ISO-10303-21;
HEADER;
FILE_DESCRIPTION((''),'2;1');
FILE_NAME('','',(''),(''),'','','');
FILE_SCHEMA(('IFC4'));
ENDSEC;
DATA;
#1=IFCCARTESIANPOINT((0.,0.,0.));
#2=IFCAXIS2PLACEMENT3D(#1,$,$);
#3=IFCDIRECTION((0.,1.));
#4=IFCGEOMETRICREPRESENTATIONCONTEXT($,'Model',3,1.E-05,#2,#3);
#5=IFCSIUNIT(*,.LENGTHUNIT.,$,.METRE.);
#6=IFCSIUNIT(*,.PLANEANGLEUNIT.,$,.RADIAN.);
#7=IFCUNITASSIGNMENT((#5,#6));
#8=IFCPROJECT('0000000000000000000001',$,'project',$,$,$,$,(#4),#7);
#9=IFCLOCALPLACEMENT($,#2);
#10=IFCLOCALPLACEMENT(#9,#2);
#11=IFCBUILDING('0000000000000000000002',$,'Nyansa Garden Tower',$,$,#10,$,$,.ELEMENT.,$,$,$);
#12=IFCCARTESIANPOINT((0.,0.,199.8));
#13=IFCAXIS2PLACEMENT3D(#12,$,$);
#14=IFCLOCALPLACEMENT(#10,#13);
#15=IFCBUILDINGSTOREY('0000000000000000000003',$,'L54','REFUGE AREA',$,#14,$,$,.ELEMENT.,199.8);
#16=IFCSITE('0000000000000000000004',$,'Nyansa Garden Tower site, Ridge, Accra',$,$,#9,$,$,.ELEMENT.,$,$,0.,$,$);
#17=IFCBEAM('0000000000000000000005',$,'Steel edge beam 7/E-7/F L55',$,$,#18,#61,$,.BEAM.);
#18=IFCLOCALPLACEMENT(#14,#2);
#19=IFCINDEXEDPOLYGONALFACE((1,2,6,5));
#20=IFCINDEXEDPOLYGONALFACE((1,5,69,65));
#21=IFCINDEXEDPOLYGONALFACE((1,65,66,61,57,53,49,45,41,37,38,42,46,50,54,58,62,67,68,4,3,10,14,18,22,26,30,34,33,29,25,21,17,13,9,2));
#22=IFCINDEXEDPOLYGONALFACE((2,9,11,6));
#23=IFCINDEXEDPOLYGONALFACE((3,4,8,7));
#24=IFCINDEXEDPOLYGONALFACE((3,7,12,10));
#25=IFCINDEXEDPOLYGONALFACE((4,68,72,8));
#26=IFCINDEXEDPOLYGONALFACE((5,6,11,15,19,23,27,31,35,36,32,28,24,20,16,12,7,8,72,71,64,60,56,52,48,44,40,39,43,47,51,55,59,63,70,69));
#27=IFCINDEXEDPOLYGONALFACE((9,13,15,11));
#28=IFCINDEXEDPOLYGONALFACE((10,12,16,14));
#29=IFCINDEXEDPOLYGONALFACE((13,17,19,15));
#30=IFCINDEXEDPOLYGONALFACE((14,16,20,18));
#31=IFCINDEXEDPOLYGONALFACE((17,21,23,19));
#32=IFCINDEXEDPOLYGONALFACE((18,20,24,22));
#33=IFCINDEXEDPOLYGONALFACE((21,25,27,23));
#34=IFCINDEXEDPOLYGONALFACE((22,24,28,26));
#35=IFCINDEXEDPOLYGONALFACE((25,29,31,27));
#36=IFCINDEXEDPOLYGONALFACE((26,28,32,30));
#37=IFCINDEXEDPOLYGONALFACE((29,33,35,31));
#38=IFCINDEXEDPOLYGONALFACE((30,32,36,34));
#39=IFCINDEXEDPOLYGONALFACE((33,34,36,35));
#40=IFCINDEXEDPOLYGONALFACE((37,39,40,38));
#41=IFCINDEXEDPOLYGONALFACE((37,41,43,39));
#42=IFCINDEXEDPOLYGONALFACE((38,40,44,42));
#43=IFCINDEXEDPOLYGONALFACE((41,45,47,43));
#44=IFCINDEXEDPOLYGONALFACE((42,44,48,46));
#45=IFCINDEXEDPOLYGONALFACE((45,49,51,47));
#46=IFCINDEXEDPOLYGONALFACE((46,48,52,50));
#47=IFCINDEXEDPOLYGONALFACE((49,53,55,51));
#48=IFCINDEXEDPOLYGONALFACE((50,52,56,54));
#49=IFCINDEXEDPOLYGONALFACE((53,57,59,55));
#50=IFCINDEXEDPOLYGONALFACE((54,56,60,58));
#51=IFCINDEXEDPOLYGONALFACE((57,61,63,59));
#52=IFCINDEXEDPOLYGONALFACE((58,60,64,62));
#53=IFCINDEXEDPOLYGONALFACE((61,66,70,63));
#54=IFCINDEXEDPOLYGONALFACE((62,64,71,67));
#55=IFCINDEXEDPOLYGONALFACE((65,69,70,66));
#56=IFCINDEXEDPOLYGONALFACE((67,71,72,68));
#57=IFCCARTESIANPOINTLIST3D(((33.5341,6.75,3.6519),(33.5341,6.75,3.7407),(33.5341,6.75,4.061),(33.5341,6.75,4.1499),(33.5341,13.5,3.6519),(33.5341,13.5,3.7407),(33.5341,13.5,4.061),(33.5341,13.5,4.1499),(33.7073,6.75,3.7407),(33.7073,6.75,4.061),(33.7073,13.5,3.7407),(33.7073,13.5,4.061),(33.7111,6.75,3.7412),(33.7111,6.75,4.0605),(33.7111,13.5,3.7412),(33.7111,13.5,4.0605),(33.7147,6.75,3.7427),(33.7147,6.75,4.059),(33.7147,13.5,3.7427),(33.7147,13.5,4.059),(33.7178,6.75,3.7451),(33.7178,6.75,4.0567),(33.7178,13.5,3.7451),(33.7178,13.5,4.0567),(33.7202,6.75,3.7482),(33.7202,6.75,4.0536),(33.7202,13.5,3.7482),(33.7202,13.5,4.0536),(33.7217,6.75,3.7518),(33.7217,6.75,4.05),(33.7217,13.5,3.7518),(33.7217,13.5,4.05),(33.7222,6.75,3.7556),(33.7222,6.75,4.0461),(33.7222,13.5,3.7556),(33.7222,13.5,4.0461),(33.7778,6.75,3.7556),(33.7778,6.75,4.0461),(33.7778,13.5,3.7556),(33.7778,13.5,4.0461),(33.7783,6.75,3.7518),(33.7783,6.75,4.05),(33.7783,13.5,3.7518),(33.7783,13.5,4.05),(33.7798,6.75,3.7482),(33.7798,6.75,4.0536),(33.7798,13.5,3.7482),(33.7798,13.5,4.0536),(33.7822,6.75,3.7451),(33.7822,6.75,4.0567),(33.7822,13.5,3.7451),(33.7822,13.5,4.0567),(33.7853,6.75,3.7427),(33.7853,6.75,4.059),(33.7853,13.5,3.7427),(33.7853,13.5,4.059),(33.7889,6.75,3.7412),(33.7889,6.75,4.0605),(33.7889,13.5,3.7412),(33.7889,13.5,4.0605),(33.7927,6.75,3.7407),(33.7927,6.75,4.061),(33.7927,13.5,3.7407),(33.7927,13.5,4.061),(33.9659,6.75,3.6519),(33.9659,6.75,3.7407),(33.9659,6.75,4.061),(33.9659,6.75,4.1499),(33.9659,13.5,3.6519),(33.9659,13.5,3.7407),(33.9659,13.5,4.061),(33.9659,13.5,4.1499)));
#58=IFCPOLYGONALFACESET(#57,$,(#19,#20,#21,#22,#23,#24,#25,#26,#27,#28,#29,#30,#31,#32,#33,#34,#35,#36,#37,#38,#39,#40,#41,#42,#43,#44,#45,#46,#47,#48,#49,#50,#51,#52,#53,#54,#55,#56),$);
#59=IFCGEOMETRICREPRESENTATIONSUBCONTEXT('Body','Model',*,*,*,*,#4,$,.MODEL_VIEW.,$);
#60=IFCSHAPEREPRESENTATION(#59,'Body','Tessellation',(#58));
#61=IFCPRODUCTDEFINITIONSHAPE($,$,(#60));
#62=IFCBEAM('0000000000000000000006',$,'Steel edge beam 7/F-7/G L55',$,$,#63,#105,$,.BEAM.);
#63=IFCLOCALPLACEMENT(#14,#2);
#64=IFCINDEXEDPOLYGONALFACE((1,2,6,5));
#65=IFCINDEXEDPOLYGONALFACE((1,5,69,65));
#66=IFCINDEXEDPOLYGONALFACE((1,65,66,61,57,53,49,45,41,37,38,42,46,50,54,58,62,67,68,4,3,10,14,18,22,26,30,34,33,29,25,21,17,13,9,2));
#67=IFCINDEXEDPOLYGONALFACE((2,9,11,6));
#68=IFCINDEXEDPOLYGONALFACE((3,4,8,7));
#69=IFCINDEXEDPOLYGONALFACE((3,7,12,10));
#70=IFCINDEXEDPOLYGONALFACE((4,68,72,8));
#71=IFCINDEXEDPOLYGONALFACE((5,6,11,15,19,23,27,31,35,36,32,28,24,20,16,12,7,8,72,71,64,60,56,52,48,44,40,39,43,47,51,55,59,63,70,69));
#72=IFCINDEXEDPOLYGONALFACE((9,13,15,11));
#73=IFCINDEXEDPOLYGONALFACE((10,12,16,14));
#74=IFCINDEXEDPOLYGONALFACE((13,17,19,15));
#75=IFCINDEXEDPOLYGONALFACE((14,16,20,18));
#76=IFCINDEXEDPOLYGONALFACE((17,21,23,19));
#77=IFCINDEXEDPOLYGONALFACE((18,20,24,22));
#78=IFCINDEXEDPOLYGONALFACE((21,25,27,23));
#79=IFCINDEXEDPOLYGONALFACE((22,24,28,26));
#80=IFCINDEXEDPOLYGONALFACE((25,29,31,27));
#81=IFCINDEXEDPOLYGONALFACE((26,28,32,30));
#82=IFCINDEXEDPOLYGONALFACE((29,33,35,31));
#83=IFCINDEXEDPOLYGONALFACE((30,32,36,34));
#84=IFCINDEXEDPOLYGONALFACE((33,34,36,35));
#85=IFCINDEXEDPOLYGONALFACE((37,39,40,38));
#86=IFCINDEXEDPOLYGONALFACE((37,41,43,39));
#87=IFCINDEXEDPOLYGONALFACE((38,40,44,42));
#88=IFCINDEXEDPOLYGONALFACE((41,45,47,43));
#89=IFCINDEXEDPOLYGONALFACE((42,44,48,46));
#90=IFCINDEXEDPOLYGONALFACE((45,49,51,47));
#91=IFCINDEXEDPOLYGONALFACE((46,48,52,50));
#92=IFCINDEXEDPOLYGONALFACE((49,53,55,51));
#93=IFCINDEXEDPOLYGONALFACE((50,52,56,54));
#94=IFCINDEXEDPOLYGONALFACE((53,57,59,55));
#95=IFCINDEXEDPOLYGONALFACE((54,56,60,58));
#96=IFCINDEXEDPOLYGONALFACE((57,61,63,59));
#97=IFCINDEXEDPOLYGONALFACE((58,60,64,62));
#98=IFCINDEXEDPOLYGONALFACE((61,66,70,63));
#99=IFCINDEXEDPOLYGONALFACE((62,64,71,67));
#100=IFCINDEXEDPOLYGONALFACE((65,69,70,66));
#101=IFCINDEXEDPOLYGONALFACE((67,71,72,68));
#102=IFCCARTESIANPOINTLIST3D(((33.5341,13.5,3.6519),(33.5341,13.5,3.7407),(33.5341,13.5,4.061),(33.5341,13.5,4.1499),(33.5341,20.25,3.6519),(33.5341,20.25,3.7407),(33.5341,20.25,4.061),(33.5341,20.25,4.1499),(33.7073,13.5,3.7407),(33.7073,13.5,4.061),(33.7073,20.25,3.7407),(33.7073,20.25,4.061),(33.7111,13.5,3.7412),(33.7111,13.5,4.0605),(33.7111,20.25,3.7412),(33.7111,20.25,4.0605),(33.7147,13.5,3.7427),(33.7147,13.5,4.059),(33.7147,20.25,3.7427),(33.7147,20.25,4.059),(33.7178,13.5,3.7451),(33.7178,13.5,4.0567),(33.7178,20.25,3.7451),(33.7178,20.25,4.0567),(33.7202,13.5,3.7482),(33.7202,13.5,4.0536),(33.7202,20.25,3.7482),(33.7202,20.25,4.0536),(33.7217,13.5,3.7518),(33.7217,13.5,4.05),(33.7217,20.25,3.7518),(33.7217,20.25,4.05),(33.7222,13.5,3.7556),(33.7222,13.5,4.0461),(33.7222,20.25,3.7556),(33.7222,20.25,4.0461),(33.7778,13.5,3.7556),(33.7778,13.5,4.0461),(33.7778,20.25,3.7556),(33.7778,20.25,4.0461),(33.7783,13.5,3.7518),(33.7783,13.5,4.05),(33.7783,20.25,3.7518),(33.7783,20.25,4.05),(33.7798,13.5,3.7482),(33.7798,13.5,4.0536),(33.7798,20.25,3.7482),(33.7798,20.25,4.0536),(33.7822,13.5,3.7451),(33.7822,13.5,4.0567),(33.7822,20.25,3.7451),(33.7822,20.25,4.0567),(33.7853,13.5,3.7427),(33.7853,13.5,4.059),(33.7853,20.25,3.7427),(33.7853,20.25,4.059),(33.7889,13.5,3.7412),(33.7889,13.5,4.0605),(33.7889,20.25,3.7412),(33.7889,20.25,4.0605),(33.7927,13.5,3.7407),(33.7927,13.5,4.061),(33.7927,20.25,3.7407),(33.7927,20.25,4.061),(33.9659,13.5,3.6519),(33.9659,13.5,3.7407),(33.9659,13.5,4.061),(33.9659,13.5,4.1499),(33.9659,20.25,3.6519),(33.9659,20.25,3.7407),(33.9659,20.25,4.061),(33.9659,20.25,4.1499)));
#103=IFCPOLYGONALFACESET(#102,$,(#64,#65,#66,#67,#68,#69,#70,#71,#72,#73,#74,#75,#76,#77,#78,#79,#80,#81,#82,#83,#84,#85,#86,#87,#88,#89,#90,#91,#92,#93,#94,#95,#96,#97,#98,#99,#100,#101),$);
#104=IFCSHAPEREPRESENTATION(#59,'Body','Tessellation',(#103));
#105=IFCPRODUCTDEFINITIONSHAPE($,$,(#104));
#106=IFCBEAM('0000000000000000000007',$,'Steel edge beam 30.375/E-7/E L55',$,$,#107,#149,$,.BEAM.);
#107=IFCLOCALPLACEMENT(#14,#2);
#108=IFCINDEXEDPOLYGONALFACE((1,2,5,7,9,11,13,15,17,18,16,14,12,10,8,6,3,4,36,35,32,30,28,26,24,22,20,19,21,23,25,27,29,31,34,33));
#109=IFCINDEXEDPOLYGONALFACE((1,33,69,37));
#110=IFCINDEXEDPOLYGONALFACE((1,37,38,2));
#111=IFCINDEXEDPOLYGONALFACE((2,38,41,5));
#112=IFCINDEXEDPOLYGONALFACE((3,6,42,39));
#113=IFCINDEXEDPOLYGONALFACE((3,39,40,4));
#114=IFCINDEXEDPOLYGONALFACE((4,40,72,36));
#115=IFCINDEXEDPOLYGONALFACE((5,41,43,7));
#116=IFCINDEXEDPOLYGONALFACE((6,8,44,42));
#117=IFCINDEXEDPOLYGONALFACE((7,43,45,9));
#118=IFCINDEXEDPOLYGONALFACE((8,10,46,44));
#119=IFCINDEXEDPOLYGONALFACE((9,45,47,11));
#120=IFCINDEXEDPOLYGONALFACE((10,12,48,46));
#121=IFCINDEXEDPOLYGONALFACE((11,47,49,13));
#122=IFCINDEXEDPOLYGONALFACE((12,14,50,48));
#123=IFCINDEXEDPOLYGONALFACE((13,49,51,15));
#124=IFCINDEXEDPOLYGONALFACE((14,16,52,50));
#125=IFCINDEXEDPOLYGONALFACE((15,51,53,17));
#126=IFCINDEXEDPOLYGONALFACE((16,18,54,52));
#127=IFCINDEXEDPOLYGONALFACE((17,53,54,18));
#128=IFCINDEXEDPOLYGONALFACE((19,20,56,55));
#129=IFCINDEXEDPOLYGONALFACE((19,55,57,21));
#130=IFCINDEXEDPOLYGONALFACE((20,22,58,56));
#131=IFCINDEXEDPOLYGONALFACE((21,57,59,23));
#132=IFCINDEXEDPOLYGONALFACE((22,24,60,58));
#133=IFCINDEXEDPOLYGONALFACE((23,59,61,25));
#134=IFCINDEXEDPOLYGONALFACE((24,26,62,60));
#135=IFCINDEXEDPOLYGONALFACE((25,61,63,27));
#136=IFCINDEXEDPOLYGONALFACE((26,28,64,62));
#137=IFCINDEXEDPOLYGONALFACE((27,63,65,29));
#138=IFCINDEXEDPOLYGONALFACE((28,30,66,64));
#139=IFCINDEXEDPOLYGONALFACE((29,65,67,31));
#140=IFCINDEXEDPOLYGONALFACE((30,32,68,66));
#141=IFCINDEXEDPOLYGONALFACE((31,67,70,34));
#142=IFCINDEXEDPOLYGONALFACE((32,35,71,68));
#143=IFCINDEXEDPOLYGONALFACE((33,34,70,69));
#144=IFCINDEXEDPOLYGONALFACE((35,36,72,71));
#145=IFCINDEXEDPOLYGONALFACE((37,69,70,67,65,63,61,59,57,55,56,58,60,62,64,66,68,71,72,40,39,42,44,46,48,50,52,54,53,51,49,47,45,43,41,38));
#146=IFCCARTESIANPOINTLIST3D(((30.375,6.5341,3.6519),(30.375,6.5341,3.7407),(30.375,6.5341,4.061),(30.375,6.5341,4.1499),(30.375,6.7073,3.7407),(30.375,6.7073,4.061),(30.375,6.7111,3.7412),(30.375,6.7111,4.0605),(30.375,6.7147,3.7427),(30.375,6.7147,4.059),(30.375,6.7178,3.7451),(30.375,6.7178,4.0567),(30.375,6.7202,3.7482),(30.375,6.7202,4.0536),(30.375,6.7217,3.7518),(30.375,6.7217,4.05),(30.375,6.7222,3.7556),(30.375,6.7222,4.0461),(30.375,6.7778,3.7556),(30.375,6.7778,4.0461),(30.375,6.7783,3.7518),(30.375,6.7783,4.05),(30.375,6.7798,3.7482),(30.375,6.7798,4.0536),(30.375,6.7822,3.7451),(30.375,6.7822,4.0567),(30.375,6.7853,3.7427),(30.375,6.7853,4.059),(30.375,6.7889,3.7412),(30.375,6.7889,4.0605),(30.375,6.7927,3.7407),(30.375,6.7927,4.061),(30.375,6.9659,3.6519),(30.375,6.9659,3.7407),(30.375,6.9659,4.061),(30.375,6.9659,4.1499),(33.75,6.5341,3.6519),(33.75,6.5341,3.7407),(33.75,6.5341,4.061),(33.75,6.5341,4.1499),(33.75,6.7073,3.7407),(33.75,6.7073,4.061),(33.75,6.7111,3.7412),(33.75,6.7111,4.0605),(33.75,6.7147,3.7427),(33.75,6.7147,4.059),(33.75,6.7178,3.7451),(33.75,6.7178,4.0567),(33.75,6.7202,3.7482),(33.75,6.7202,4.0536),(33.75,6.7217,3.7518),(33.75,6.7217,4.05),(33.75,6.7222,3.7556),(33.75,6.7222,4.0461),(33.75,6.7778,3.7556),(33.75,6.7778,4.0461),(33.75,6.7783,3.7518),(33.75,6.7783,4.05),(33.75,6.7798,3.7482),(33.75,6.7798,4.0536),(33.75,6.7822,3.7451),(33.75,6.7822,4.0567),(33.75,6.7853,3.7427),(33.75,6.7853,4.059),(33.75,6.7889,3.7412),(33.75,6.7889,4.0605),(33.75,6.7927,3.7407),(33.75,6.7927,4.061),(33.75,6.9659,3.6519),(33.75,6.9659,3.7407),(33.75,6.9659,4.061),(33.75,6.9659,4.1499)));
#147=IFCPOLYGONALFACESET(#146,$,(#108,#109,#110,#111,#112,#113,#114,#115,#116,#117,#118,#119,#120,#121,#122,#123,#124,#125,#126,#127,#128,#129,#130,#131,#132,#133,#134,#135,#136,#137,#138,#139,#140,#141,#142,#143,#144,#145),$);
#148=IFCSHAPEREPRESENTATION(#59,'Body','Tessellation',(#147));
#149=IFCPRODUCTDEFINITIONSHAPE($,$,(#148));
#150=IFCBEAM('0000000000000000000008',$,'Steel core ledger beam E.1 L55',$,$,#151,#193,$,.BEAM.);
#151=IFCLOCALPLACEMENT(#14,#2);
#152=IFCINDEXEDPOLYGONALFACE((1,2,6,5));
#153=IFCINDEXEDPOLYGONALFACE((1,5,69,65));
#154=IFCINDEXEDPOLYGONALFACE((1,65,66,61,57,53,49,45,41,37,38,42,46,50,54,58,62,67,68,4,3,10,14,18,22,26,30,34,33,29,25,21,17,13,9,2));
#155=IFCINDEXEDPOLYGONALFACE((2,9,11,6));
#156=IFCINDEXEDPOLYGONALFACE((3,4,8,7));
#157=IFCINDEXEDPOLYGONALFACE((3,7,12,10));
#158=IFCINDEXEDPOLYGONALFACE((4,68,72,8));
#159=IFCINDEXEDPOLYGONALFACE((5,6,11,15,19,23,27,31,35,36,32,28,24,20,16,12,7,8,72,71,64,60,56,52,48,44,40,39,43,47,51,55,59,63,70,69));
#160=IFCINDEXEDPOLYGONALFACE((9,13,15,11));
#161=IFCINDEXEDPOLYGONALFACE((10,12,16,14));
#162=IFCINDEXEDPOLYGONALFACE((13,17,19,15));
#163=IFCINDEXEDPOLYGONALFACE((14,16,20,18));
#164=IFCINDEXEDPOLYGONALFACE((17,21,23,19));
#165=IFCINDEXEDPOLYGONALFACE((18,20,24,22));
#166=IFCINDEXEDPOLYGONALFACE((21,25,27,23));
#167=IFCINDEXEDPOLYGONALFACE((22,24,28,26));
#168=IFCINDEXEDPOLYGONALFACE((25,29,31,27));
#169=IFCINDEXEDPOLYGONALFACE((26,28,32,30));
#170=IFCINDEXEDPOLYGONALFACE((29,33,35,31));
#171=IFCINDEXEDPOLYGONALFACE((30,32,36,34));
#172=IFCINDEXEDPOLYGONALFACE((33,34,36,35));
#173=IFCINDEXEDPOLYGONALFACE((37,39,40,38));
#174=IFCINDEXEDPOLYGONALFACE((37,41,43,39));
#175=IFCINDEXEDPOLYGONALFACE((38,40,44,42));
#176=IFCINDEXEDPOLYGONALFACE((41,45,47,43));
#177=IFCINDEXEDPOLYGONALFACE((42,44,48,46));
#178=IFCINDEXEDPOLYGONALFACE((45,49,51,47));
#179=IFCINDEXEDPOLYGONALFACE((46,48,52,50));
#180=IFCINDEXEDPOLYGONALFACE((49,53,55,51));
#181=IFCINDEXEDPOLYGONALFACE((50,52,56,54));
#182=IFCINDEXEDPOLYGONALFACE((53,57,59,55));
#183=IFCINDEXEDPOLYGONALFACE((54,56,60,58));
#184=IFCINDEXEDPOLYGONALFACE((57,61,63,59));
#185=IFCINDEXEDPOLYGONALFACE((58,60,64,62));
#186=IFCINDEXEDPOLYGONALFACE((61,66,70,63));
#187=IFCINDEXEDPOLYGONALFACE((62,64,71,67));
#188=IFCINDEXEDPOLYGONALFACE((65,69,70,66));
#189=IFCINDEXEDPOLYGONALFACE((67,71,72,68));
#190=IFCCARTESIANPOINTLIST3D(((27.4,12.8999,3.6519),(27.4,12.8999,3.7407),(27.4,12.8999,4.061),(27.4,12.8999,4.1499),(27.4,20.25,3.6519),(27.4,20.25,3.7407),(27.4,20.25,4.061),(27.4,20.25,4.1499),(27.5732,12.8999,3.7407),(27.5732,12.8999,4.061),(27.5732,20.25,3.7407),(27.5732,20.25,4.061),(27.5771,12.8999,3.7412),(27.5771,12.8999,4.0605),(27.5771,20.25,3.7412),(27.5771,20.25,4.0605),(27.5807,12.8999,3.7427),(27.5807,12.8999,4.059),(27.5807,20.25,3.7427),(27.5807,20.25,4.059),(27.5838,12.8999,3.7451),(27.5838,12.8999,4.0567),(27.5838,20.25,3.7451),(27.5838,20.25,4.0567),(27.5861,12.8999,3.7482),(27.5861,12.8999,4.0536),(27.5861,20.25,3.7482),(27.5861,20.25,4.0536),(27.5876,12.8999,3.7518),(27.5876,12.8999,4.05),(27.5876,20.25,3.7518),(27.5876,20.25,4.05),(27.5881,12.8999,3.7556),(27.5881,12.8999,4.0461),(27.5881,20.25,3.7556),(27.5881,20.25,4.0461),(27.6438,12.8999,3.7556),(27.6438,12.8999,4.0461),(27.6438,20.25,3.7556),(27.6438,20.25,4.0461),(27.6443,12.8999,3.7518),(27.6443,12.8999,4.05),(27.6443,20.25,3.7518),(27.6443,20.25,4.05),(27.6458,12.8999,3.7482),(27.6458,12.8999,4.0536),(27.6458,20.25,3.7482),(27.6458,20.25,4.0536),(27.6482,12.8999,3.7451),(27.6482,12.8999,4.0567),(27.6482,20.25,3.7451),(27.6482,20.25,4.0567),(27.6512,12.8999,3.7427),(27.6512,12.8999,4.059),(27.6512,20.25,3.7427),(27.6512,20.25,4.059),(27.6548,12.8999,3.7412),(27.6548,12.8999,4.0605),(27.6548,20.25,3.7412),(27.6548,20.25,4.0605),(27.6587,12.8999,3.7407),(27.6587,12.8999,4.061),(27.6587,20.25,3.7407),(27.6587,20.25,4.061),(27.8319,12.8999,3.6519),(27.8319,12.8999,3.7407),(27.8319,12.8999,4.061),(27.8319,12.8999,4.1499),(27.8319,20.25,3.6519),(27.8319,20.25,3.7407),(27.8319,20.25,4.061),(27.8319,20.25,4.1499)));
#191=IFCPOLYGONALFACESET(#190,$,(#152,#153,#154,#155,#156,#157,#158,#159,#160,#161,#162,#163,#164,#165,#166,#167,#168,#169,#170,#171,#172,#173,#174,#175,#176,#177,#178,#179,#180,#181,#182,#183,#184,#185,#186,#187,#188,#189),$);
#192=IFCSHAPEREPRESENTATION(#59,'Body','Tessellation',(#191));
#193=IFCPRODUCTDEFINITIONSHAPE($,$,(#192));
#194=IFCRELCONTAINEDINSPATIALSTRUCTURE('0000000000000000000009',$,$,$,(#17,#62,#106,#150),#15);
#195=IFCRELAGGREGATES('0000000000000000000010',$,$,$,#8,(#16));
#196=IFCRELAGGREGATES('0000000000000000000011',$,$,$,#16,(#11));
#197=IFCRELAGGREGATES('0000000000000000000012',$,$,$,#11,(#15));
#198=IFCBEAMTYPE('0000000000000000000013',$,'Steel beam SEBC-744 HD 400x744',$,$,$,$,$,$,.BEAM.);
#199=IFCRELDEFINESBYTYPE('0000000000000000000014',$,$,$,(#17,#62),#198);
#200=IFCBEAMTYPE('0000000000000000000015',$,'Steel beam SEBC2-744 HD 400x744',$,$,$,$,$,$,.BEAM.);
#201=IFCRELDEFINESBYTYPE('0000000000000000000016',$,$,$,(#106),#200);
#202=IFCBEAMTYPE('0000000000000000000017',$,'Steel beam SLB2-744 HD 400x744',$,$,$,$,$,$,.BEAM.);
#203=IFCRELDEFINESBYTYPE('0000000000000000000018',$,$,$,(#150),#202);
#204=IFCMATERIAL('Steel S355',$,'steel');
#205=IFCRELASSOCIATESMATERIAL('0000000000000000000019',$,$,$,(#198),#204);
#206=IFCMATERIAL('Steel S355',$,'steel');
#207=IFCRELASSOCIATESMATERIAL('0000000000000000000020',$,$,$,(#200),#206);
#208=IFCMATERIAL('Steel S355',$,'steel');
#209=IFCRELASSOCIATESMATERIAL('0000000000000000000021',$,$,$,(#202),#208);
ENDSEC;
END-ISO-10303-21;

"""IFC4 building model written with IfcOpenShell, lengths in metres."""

from ifc_helpers import new_model, si_unit, direction, frame, origin, origin_2d, place, context, subcontext, project, spatial, i_section, extrude, material, material_profile, profile_set, type_object, element, save


model = new_model("IFC4")

# Units and contexts
model_context = context("Model", 3, precision=1e-05, world=origin(), true_north=direction((0.0, 1.0)))
body_context = subcontext(model_context, "Body", "Model", "MODEL_VIEW")
ifc_project = project(units=[si_unit("LENGTHUNIT", "METRE"), si_unit("PLANEANGLEUNIT", "RADIAN")], contexts=[model_context])

# Site, building, storey
site_placement = place(None, origin())
site = spatial("IfcSite", under=ifc_project, at=site_placement, Name="Nyansa Garden Tower site, Ridge, Accra", CompositionType="ELEMENT", RefElevation=0.0)
building_placement = place(site_placement, origin())
building = spatial("IfcBuilding", under=site, at=building_placement, Name="Nyansa Garden Tower", CompositionType="ELEMENT")
storey_placement = place(building_placement, frame((0.0, 0.0, 199.8)))
storey = spatial("IfcBuildingStorey", under=building, at=storey_placement, Name="L54", Description="REFUGE AREA", CompositionType="ELEMENT", Elevation=199.8)

# Beams
ifc_material_1 = material(Name="Steel S355", Category="steel")
ifc_material_profile_1 = material_profile(ifc_material_1, i_section(OverallWidth=0.4319, OverallDepth=0.498, WebThickness=0.0557, FlangeThickness=0.0889, FilletRadius=0.0149, at=origin_2d()), Name="HD 400x744")
ifc_profile_set_1 = profile_set([ifc_material_profile_1], Name="Steel S355")
beam_type_1 = type_object("IfcBeamType", Name="Steel beam SEBC-744 HD 400x744", PredefinedType="BEAM", material=ifc_profile_set_1)
for number, where, z_axis, x_axis, name in (
    (1, (33.75, 6.75, 3.9009), (0.0, 1.0, 0.0), (-1.0, 0.0, 0.0), "Steel edge beam 7/E-7/F L55"),
    (2, (33.75, 13.5, 3.9009), (0.0, 1.0, 0.0), (-1.0, 0.0, 0.0), "Steel edge beam 7/F-7/G L55"),
):
    element("IfcBeam", number, at=place(storey_placement, frame(where, z_axis=z_axis, x_axis=x_axis)), inside=storey, type_object=beam_type_1, Name=name, PredefinedType="BEAM", context=body_context, shape_type="SweptSolid", body=[
        extrude(i_section(OverallWidth=0.4319, OverallDepth=0.498, WebThickness=0.0557, FlangeThickness=0.0889, FilletRadius=0.0149, at=origin_2d()), origin(), (0.0, 0.0, 1.0), 6.75),
    ])
ifc_material_2 = material(Name="Steel S355", Category="steel")
ifc_material_profile_2 = material_profile(ifc_material_2, i_section(OverallWidth=0.4319, OverallDepth=0.498, WebThickness=0.0557, FlangeThickness=0.0889, FilletRadius=0.0149, at=origin_2d()), Name="HD 400x744")
ifc_profile_set_2 = profile_set([ifc_material_profile_2], Name="Steel S355")
beam_type_2 = type_object("IfcBeamType", Name="Steel beam SEBC2-744 HD 400x744", PredefinedType="BEAM", material=ifc_profile_set_2)
beam_1_placement = place(storey_placement, frame((30.375, 6.75, 3.9009), z_axis=(1.0, 0.0, 0.0), x_axis=(0.0, 1.0, 0.0)))
element("IfcBeam", 3, at=beam_1_placement, inside=storey, type_object=beam_type_2, Name="Steel edge beam 30.375/E-7/E L55", PredefinedType="BEAM", context=body_context, shape_type="SweptSolid", body=[
    extrude(i_section(OverallWidth=0.4319, OverallDepth=0.498, WebThickness=0.0557, FlangeThickness=0.0889, FilletRadius=0.0149, at=origin_2d()), origin(), (0.0, 0.0, 1.0), 3.375),
])
ifc_material_3 = material(Name="Steel S355", Category="steel")
ifc_material_profile_3 = material_profile(ifc_material_3, i_section(OverallWidth=0.4319, OverallDepth=0.498, WebThickness=0.0557, FlangeThickness=0.0889, FilletRadius=0.0149, at=origin_2d()), Name="HD 400x744")
ifc_profile_set_3 = profile_set([ifc_material_profile_3], Name="Steel S355")
beam_type_3 = type_object("IfcBeamType", Name="Steel beam SLB2-744 HD 400x744", PredefinedType="BEAM", material=ifc_profile_set_3)
beam_2_placement = place(storey_placement, frame((27.616, 12.8999, 3.9009), z_axis=(0.0, 1.0, 0.0), x_axis=(-1.0, 0.0, 0.0)))
element("IfcBeam", 4, at=beam_2_placement, inside=storey, type_object=beam_type_3, Name="Steel core ledger beam E.1 L55", PredefinedType="BEAM", context=body_context, shape_type="SweptSolid", body=[
    extrude(i_section(OverallWidth=0.4319, OverallDepth=0.498, WebThickness=0.0557, FlangeThickness=0.0889, FilletRadius=0.0149, at=origin_2d()), origin(), (0.0, 0.0, 1.0), 7.3501),
])

save(model, "model.ifc")
